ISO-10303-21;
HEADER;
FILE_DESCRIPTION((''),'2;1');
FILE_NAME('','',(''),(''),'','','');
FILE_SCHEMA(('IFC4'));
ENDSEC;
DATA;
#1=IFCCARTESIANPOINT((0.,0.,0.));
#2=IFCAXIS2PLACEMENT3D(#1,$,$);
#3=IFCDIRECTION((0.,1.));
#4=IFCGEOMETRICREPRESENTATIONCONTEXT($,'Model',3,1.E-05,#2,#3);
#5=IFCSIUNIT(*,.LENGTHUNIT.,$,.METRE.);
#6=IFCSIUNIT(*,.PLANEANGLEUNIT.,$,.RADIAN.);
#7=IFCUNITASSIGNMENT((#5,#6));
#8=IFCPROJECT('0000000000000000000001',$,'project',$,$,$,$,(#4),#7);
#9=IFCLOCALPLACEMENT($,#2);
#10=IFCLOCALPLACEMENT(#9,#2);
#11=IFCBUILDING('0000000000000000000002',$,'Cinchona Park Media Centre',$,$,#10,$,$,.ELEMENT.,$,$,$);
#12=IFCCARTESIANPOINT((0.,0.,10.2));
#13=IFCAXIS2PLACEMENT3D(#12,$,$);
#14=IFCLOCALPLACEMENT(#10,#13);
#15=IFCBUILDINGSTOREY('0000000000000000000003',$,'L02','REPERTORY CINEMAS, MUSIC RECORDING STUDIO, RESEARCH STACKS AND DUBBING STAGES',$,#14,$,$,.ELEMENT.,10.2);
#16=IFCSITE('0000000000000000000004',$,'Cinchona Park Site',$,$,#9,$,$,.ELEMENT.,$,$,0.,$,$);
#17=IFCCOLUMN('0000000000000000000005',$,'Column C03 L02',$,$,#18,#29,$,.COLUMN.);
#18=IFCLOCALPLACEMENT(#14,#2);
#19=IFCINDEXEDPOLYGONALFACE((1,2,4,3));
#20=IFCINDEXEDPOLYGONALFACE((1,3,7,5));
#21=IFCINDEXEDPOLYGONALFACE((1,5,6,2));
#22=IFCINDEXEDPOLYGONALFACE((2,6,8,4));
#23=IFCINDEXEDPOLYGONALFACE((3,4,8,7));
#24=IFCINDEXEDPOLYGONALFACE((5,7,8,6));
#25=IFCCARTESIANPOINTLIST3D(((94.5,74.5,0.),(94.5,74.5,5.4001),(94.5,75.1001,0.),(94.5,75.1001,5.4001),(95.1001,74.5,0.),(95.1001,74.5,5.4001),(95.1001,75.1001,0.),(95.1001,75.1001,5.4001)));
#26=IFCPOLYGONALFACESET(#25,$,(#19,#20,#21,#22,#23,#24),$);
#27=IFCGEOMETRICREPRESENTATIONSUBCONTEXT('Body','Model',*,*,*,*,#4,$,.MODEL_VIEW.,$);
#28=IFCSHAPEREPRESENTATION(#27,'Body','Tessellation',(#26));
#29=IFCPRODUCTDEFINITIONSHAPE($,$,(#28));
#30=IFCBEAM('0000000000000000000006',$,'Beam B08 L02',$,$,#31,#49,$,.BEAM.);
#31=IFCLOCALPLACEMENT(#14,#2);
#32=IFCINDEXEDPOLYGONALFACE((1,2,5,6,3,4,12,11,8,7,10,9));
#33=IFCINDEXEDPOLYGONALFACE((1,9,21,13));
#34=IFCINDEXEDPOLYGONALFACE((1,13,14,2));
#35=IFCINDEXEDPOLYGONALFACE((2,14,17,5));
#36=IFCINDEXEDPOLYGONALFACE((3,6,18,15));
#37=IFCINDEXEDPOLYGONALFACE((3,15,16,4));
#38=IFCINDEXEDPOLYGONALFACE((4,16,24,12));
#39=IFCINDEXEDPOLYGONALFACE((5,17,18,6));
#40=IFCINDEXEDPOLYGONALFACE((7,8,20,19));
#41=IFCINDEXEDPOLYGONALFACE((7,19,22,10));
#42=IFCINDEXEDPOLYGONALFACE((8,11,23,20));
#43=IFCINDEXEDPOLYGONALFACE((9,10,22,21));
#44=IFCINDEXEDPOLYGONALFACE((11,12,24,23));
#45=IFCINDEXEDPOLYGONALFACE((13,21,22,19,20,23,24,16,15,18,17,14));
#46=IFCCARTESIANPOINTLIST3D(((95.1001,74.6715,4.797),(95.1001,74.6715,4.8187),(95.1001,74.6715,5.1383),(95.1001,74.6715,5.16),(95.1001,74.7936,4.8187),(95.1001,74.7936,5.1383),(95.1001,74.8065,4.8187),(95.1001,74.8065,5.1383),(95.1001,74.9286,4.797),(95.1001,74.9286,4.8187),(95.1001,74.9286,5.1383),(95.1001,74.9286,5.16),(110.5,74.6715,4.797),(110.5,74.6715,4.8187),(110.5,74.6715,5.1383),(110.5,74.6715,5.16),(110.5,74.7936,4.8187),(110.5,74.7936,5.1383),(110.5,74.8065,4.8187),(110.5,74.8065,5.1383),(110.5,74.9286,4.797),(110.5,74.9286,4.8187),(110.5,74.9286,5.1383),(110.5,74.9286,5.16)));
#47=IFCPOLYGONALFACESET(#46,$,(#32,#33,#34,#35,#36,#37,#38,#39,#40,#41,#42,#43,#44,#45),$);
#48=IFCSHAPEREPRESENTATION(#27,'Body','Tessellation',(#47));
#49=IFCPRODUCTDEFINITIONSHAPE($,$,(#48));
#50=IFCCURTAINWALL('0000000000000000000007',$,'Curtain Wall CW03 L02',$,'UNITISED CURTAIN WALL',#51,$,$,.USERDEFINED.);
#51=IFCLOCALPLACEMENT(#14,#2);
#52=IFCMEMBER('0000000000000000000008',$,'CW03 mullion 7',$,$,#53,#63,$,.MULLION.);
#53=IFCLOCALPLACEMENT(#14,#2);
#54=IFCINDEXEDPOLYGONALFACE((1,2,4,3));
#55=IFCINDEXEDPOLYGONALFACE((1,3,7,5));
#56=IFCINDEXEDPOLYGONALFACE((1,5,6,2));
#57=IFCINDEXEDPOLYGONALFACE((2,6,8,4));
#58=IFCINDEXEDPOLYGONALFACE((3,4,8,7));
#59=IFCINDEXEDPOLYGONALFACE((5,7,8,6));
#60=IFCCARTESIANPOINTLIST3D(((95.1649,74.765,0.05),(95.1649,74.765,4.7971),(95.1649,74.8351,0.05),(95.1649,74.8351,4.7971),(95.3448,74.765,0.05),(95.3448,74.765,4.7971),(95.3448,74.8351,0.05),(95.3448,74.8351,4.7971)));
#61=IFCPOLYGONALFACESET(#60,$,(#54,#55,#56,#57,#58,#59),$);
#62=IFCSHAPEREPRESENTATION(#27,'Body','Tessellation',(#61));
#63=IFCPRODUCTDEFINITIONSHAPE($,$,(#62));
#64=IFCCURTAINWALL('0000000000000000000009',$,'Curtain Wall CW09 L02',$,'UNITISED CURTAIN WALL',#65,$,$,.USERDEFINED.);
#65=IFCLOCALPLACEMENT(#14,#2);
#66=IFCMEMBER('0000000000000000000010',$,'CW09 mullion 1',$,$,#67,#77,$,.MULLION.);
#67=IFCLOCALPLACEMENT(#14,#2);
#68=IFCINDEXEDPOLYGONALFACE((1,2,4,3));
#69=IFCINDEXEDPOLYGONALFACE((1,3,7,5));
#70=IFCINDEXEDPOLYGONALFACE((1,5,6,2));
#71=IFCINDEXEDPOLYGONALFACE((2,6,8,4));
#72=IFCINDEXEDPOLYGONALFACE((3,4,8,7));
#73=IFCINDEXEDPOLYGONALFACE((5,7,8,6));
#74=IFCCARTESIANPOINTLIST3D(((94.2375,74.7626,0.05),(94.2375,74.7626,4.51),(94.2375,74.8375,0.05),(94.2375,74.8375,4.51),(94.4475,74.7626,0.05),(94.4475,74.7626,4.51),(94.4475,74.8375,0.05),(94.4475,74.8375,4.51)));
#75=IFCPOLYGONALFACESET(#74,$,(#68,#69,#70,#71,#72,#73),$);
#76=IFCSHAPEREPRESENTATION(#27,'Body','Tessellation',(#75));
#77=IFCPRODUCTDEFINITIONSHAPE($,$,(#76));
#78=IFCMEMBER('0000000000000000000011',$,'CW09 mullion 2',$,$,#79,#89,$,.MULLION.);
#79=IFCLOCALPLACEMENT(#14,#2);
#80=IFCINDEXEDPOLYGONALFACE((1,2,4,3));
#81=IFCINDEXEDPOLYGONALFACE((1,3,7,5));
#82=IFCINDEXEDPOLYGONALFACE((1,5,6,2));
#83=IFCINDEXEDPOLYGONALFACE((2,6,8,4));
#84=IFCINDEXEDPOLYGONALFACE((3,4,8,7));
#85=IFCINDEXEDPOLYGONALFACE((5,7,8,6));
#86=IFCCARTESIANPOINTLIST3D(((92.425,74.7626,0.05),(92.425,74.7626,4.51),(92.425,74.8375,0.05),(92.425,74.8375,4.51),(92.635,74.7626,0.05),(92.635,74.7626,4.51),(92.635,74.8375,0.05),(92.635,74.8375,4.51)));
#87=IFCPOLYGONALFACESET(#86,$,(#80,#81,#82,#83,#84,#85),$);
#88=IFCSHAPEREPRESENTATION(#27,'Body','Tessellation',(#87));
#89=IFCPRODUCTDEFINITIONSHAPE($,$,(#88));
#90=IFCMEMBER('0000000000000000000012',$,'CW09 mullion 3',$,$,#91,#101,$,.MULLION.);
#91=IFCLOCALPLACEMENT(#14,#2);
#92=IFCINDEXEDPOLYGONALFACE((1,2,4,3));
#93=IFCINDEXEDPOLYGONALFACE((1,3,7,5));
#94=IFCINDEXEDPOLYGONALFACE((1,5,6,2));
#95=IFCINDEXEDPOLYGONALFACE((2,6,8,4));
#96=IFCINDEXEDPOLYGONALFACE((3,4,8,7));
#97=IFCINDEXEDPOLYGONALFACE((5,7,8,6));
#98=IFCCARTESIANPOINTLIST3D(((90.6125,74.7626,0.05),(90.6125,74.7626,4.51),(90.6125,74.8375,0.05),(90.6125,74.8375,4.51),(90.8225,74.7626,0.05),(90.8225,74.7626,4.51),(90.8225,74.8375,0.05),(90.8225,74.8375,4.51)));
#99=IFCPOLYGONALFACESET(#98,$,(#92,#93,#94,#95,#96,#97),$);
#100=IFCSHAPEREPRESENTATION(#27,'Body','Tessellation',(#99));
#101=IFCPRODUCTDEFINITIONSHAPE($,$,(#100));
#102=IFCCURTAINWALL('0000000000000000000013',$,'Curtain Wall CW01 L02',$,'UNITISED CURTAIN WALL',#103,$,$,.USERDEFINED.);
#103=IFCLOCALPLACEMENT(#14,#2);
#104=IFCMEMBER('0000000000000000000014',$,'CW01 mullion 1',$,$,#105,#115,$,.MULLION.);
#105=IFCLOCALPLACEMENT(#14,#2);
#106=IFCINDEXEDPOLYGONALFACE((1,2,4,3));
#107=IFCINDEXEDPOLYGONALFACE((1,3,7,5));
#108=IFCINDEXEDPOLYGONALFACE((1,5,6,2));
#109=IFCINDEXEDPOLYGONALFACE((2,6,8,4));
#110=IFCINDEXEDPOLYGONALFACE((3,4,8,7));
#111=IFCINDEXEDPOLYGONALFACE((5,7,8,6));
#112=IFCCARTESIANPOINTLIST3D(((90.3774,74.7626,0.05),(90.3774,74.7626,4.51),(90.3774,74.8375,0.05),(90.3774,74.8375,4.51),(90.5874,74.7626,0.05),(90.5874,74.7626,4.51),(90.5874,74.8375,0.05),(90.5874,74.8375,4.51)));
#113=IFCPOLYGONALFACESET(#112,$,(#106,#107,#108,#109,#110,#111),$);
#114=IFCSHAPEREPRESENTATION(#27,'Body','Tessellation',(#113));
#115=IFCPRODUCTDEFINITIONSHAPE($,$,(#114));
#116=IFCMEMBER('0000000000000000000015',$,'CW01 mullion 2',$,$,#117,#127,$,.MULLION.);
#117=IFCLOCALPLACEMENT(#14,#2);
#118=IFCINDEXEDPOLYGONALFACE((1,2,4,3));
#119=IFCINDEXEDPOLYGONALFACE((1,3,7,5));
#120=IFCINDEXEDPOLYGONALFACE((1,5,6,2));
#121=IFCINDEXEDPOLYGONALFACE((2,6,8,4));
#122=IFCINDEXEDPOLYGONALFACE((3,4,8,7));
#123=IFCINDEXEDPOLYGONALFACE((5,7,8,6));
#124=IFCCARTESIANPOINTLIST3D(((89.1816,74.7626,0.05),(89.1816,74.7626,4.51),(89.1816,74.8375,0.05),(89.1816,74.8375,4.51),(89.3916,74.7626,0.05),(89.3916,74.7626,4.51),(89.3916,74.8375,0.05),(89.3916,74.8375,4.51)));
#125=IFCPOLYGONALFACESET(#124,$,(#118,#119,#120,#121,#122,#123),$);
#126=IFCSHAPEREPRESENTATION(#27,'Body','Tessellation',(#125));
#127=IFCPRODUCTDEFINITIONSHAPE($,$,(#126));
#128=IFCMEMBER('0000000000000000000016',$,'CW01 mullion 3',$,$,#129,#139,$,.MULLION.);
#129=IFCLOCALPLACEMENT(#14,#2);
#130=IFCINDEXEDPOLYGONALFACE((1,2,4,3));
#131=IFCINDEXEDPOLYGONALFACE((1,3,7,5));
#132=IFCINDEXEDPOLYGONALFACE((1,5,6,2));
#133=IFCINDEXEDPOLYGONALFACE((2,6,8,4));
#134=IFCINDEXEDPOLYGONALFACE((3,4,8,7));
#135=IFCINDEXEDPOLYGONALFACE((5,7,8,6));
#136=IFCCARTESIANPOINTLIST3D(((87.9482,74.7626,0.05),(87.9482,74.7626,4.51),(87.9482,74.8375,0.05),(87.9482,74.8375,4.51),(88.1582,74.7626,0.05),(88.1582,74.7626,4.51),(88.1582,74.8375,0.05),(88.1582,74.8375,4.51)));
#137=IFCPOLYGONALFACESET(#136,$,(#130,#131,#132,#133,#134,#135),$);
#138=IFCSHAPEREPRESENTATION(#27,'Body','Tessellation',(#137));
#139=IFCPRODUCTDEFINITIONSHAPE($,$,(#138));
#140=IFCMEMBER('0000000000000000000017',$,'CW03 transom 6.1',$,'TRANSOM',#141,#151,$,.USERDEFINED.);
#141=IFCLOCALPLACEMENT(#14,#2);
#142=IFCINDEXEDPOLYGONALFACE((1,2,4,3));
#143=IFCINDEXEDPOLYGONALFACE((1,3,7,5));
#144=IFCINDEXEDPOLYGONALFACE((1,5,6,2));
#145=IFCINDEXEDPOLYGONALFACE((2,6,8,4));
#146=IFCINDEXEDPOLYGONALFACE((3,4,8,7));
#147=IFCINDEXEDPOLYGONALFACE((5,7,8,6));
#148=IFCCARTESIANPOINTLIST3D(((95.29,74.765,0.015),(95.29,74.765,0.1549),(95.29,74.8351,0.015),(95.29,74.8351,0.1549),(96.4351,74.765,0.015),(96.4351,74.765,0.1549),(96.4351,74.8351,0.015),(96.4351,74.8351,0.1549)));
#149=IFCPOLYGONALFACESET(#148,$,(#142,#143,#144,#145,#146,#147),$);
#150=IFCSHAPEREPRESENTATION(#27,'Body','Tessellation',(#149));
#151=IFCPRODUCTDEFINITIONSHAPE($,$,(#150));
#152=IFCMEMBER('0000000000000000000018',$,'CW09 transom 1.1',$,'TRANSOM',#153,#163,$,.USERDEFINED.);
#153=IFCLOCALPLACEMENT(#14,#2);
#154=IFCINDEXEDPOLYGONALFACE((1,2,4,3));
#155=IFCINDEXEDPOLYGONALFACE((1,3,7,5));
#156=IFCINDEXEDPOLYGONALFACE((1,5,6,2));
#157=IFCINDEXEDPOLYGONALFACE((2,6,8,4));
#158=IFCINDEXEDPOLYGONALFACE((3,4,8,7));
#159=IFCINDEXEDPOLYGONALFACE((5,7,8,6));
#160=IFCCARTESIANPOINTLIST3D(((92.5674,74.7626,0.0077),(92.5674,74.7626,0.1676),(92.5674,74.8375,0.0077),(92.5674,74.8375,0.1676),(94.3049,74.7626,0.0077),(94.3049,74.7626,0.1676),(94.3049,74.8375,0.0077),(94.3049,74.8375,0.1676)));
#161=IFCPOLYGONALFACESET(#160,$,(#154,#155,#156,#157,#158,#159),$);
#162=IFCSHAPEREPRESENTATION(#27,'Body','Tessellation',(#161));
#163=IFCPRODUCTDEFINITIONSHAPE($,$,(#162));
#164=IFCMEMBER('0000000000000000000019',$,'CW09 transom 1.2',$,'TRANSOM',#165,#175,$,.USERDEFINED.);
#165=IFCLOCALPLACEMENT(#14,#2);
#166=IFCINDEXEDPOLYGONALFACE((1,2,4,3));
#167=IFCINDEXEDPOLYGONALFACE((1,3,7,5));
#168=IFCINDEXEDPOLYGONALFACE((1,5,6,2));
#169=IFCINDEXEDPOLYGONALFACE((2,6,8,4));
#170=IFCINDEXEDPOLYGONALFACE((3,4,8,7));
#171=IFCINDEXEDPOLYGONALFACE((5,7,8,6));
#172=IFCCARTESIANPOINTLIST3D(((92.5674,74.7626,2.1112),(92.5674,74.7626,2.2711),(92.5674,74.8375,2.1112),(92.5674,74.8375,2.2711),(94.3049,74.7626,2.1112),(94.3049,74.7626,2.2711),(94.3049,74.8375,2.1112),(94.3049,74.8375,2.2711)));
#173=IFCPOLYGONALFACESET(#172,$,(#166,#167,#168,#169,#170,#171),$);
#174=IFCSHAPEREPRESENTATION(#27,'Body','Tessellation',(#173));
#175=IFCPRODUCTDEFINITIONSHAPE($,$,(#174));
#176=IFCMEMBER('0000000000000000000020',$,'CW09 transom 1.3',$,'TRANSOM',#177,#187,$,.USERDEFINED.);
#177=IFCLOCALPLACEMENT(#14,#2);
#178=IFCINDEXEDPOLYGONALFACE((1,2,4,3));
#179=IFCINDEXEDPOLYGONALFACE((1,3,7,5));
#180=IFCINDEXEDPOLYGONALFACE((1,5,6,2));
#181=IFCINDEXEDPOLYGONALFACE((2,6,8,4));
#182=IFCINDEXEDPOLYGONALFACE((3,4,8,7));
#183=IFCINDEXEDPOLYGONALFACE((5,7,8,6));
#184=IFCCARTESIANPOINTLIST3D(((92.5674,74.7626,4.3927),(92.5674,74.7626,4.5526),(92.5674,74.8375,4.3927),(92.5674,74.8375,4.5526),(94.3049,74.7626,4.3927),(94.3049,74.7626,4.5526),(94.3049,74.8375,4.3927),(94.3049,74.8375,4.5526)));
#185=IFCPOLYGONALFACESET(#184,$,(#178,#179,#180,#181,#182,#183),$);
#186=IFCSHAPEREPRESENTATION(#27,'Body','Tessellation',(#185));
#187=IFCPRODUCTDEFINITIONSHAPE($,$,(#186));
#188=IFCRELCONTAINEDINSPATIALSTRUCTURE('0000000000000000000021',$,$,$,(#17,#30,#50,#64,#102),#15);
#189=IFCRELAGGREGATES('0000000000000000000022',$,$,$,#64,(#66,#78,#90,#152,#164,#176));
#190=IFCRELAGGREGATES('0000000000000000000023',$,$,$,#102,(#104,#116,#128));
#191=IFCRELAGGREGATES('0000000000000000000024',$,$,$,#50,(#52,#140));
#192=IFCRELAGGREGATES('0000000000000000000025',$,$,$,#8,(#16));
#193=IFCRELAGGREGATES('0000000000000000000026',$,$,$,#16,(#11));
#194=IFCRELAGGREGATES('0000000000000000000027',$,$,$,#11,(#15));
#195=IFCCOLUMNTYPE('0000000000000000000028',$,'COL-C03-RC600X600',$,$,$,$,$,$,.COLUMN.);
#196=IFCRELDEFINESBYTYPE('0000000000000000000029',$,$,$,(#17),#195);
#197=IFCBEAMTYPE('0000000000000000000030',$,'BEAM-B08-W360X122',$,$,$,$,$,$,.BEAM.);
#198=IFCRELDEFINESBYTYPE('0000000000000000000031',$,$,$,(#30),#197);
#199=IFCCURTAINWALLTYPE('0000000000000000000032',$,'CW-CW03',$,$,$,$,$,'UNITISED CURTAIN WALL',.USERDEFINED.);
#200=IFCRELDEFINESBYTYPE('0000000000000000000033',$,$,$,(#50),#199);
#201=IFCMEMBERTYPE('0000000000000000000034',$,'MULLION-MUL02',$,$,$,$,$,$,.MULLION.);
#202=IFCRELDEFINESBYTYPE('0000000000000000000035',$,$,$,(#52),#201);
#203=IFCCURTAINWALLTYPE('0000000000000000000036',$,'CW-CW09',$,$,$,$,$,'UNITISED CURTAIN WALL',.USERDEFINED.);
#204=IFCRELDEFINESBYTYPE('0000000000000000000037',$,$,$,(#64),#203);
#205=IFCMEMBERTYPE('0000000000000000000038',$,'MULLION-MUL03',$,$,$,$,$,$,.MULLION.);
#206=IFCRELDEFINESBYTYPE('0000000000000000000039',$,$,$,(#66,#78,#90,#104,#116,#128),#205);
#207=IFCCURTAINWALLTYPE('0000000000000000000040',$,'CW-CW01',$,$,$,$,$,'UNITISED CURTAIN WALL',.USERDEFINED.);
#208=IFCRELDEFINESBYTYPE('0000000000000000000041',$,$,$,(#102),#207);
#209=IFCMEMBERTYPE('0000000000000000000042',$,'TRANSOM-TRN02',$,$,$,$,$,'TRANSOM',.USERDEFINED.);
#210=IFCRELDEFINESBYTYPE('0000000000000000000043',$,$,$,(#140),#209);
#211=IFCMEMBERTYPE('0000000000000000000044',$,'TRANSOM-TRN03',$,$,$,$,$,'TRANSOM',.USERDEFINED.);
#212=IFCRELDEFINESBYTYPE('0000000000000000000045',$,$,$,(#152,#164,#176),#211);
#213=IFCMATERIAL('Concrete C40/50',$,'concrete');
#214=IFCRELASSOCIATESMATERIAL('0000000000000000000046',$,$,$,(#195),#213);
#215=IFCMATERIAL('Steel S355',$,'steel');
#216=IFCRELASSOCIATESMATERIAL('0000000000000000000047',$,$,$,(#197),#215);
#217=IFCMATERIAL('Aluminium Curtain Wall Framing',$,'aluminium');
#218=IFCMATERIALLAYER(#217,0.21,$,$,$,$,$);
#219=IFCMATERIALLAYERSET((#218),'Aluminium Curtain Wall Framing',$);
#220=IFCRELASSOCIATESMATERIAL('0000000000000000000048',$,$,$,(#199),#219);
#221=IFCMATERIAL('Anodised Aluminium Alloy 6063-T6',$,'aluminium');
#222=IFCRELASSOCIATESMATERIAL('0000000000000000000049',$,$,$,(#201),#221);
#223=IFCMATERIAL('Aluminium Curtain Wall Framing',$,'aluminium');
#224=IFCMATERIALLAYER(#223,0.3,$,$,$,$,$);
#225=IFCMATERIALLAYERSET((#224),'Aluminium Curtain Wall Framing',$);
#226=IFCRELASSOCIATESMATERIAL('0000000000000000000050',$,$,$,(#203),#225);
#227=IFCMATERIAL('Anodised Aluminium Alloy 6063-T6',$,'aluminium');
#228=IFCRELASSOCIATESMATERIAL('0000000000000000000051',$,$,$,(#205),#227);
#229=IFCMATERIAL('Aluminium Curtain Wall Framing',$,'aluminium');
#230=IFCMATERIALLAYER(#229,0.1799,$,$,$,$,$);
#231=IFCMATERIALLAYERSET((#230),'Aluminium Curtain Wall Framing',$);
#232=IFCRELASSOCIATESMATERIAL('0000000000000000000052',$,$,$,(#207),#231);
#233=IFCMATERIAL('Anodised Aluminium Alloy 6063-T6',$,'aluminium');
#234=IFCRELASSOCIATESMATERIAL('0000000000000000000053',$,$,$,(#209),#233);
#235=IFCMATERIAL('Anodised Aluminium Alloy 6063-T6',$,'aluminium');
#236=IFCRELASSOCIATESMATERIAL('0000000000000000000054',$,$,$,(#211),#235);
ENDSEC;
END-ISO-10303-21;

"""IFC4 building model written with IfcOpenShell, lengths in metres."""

from ifc_helpers import new_model, si_unit, direction, frame, origin, origin_2d, place, context, subcontext, project, spatial, rectangle, i_section, extrude, material, layer, layer_set, material_profile, profile_set, type_object, element, aggregate, save


model = new_model("IFC4")

# Units and contexts
model_context = context("Model", 3, precision=1e-05, world=origin(), true_north=direction((0.0, 1.0)))
body_context = subcontext(model_context, "Body", "Model", "MODEL_VIEW")
ifc_project = project(units=[si_unit("LENGTHUNIT", "METRE"), si_unit("PLANEANGLEUNIT", "RADIAN")], contexts=[model_context])

# Site, building, storey
site_placement = place(None, origin())
site = spatial("IfcSite", under=ifc_project, at=site_placement, Name="Cinchona Park Site", CompositionType="ELEMENT", RefElevation=0.0)
building_placement = place(site_placement, origin())
building = spatial("IfcBuilding", under=site, at=building_placement, Name="Cinchona Park Media Centre", CompositionType="ELEMENT")
storey_placement = place(building_placement, frame((0.0, 0.0, 10.2)))
storey = spatial("IfcBuildingStorey", under=building, at=storey_placement, Name="L02", Description="REPERTORY CINEMAS, MUSIC RECORDING STUDIO, RESEARCH STACKS AND DUBBING STAGES", CompositionType="ELEMENT", Elevation=10.2)

# Column
ifc_material_1 = material(Name="Concrete C40/50", Category="concrete")
ifc_material_profile_1 = material_profile(ifc_material_1, rectangle(XDim=0.6001, YDim=0.6001, at=origin_2d()), Name="RC 600X600")
ifc_profile_set_1 = profile_set([ifc_material_profile_1], Name="Concrete C40/50")
column_type = type_object("IfcColumnType", Name="COL-C03-RC600X600", PredefinedType="COLUMN", material=ifc_profile_set_1)
column_placement = place(storey_placement, frame((94.8, 74.8, 0.0), z_axis=(0.0, 0.0, 1.0), x_axis=(1.0, 0.0, 0.0)))
element("IfcColumn", 1, at=column_placement, inside=storey, type_object=column_type, Name="Column C03 L02", PredefinedType="COLUMN", context=body_context, shape_type="SweptSolid", body=[
    extrude(rectangle(XDim=0.6001, YDim=0.6001, at=origin_2d()), origin(), (0.0, 0.0, 1.0), 5.4001),
])

# Beam
ifc_material_2 = material(Name="Steel S355", Category="steel")
ifc_material_profile_2 = material_profile(ifc_material_2, i_section(OverallWidth=0.2571, OverallDepth=0.363, WebThickness=0.0129, FlangeThickness=0.0217, at=origin_2d()), Name="W360X122")
ifc_profile_set_2 = profile_set([ifc_material_profile_2], Name="Steel S355")
beam_type = type_object("IfcBeamType", Name="BEAM-B08-W360X122", PredefinedType="BEAM", material=ifc_profile_set_2)
beam_placement = place(storey_placement, frame((95.1001, 74.8, 4.9785), z_axis=(1.0, 0.0, 0.0), x_axis=(0.0, 1.0, 0.0)))
element("IfcBeam", 2, at=beam_placement, inside=storey, type_object=beam_type, Name="Beam B08 L02", PredefinedType="BEAM", context=body_context, shape_type="SweptSolid", body=[
    extrude(i_section(OverallWidth=0.2571, OverallDepth=0.363, WebThickness=0.0129, FlangeThickness=0.0217, at=origin_2d()), origin(), (0.0, 0.0, 1.0), 15.3999),
])

# Curtain wall, member
ifc_material_3 = material(Name="Aluminium Curtain Wall Framing", Category="aluminium")
ifc_layer_1 = layer(ifc_material_3, 0.21)
ifc_layer_set_1 = layer_set([ifc_layer_1], Name="Aluminium Curtain Wall Framing")
curtain_wall_type_1 = type_object("IfcCurtainWallType", Name="CW-CW03", ElementType="UNITISED CURTAIN WALL", PredefinedType="USERDEFINED", material=ifc_layer_set_1)
curtain_wall_1_placement = place(storey_placement, origin())
curtain_wall_1 = element("IfcCurtainWall", 3, at=curtain_wall_1_placement, inside=storey, type_object=curtain_wall_type_1, Name="Curtain Wall CW03 L02", ObjectType="UNITISED CURTAIN WALL", PredefinedType="USERDEFINED")
ifc_material_4 = material(Name="Anodised Aluminium Alloy 6063-T6", Category="aluminium")
ifc_material_profile_3 = material_profile(ifc_material_4, rectangle(XDim=0.0701, YDim=0.1799, at=origin_2d()), Name="MUL-70X180")
ifc_profile_set_3 = profile_set([ifc_material_profile_3], Name="Anodised Aluminium Alloy 6063-T6")
member_type_1 = type_object("IfcMemberType", Name="MULLION-MUL02", PredefinedType="MULLION", material=ifc_profile_set_3)
member_1_placement = place(storey_placement, frame((95.2549, 74.8, 0.05), z_axis=(0.0, 0.0, 1.0), x_axis=(0.0, -1.0, 0.0)))
member_1 = element("IfcMember", 4, at=member_1_placement, type_object=member_type_1, Name="CW03 mullion 7", PredefinedType="MULLION", context=body_context, shape_type="SweptSolid", body=[
    extrude(rectangle(XDim=0.0701, YDim=0.1799, at=origin_2d()), origin(), (0.0, 0.0, 1.0), 4.7471),
])

# Curtain walls, members
ifc_material_5 = material(Name="Aluminium Curtain Wall Framing", Category="aluminium")
ifc_layer_2 = layer(ifc_material_5, 0.3)
ifc_layer_set_2 = layer_set([ifc_layer_2], Name="Aluminium Curtain Wall Framing")
curtain_wall_type_2 = type_object("IfcCurtainWallType", Name="CW-CW09", ElementType="UNITISED CURTAIN WALL", PredefinedType="USERDEFINED", material=ifc_layer_set_2)
curtain_wall_2_placement = place(storey_placement, origin())
curtain_wall_2 = element("IfcCurtainWall", 5, at=curtain_wall_2_placement, inside=storey, type_object=curtain_wall_type_2, Name="Curtain Wall CW09 L02", ObjectType="UNITISED CURTAIN WALL", PredefinedType="USERDEFINED")
ifc_material_6 = material(Name="Anodised Aluminium Alloy 6063-T6", Category="aluminium")
ifc_material_profile_4 = material_profile(ifc_material_6, rectangle(XDim=0.075, YDim=0.21, at=origin_2d()), Name="MUL-75X210")
ifc_profile_set_4 = profile_set([ifc_material_profile_4], Name="Anodised Aluminium Alloy 6063-T6")
member_type_2 = type_object("IfcMemberType", Name="MULLION-MUL03", PredefinedType="MULLION", material=ifc_profile_set_4)
member_2_placement = place(storey_placement, frame((94.3425, 74.8, 0.05), z_axis=(0.0, 0.0, 1.0), x_axis=(0.0, -1.0, 0.0)))
member_2 = element("IfcMember", 6, at=member_2_placement, type_object=member_type_2, Name="CW09 mullion 1", PredefinedType="MULLION", context=body_context, shape_type="SweptSolid", body=[
    extrude(rectangle(XDim=0.075, YDim=0.21, at=origin_2d()), origin(), (0.0, 0.0, 1.0), 4.46),
])
member_3_placement = place(storey_placement, frame((92.53, 74.8, 0.05), z_axis=(0.0, 0.0, 1.0), x_axis=(0.0, -1.0, 0.0)))
member_3 = element("IfcMember", 7, at=member_3_placement, type_object=member_type_2, Name="CW09 mullion 2", PredefinedType="MULLION", context=body_context, shape_type="SweptSolid", body=[
    extrude(rectangle(XDim=0.075, YDim=0.21, at=origin_2d()), origin(), (0.0, 0.0, 1.0), 4.46),
])
member_4_placement = place(storey_placement, frame((90.7175, 74.8, 0.05), z_axis=(0.0, 0.0, 1.0), x_axis=(0.0, -1.0, 0.0)))
member_4 = element("IfcMember", 8, at=member_4_placement, type_object=member_type_2, Name="CW09 mullion 3", PredefinedType="MULLION", context=body_context, shape_type="SweptSolid", body=[
    extrude(rectangle(XDim=0.075, YDim=0.21, at=origin_2d()), origin(), (0.0, 0.0, 1.0), 4.46),
])
ifc_material_7 = material(Name="Aluminium Curtain Wall Framing", Category="aluminium")
ifc_layer_3 = layer(ifc_material_7, 0.1799)
ifc_layer_set_3 = layer_set([ifc_layer_3], Name="Aluminium Curtain Wall Framing")
curtain_wall_type_3 = type_object("IfcCurtainWallType", Name="CW-CW01", ElementType="UNITISED CURTAIN WALL", PredefinedType="USERDEFINED", material=ifc_layer_set_3)
curtain_wall_3_placement = place(storey_placement, origin())
curtain_wall_3 = element("IfcCurtainWall", 9, at=curtain_wall_3_placement, inside=storey, type_object=curtain_wall_type_3, Name="Curtain Wall CW01 L02", ObjectType="UNITISED CURTAIN WALL", PredefinedType="USERDEFINED")
member_5_placement = place(storey_placement, frame((90.4824, 74.8, 0.05), z_axis=(0.0, 0.0, 1.0), x_axis=(0.0, -1.0, 0.0)))
member_5 = element("IfcMember", 10, at=member_5_placement, type_object=member_type_2, Name="CW01 mullion 1", PredefinedType="MULLION", context=body_context, shape_type="SweptSolid", body=[
    extrude(rectangle(XDim=0.075, YDim=0.21, at=origin_2d()), origin(), (0.0, 0.0, 1.0), 4.46),
])
member_6_placement = place(storey_placement, frame((89.2866, 74.8, 0.05), z_axis=(0.0, 0.0, 1.0), x_axis=(0.0, -1.0, 0.0)))
member_6 = element("IfcMember", 11, at=member_6_placement, type_object=member_type_2, Name="CW01 mullion 2", PredefinedType="MULLION", context=body_context, shape_type="SweptSolid", body=[
    extrude(rectangle(XDim=0.075, YDim=0.21, at=origin_2d()), origin(), (0.0, 0.0, 1.0), 4.46),
])
member_7_placement = place(storey_placement, frame((88.0532, 74.8, 0.05), z_axis=(0.0, 0.0, 1.0), x_axis=(0.0, -1.0, 0.0)))
member_7 = element("IfcMember", 12, at=member_7_placement, type_object=member_type_2, Name="CW01 mullion 3", PredefinedType="MULLION", context=body_context, shape_type="SweptSolid", body=[
    extrude(rectangle(XDim=0.075, YDim=0.21, at=origin_2d()), origin(), (0.0, 0.0, 1.0), 4.46),
])

# Members
ifc_material_8 = material(Name="Anodised Aluminium Alloy 6063-T6", Category="aluminium")
ifc_material_profile_5 = material_profile(ifc_material_8, rectangle(XDim=0.0701, YDim=0.1399, at=origin_2d()), Name="TRN-70X140")
ifc_profile_set_5 = profile_set([ifc_material_profile_5], Name="Anodised Aluminium Alloy 6063-T6")
member_type_3 = type_object("IfcMemberType", Name="TRANSOM-TRN02", ElementType="TRANSOM", PredefinedType="USERDEFINED", material=ifc_profile_set_5)
member_8_placement = place(storey_placement, frame((96.4351, 74.8, 0.085), z_axis=(-1.0, 0.0, 0.0), x_axis=(0.0, -1.0, 0.0)))
member_8 = element("IfcMember", 13, at=member_8_placement, type_object=member_type_3, Name="CW03 transom 6.1", ObjectType="TRANSOM", PredefinedType="USERDEFINED", context=body_context, shape_type="SweptSolid", body=[
    extrude(rectangle(XDim=0.0701, YDim=0.1399, at=origin_2d()), origin(), (0.0, 0.0, 1.0), 1.145),
])
ifc_material_9 = material(Name="Anodised Aluminium Alloy 6063-T6", Category="aluminium")
ifc_material_profile_6 = material_profile(ifc_material_9, rectangle(XDim=0.075, YDim=0.1599, at=origin_2d()), Name="TRN-75X160")
ifc_profile_set_6 = profile_set([ifc_material_profile_6], Name="Anodised Aluminium Alloy 6063-T6")
member_type_4 = type_object("IfcMemberType", Name="TRANSOM-TRN03", ElementType="TRANSOM", PredefinedType="USERDEFINED", material=ifc_profile_set_6)
member_9_placement = place(storey_placement, frame((94.3049, 74.8, 0.0876), z_axis=(-1.0, 0.0, 0.0), x_axis=(0.0, -1.0, 0.0)))
member_9 = element("IfcMember", 14, at=member_9_placement, type_object=member_type_4, Name="CW09 transom 1.1", ObjectType="TRANSOM", PredefinedType="USERDEFINED", context=body_context, shape_type="SweptSolid", body=[
    extrude(rectangle(XDim=0.075, YDim=0.1599, at=origin_2d()), origin(), (0.0, 0.0, 1.0), 1.7375),
])
member_10_placement = place(storey_placement, frame((94.3049, 74.8, 2.1912), z_axis=(-1.0, 0.0, 0.0), x_axis=(0.0, -1.0, 0.0)))
member_10 = element("IfcMember", 15, at=member_10_placement, type_object=member_type_4, Name="CW09 transom 1.2", ObjectType="TRANSOM", PredefinedType="USERDEFINED", context=body_context, shape_type="SweptSolid", body=[
    extrude(rectangle(XDim=0.075, YDim=0.1599, at=origin_2d()), origin(), (0.0, 0.0, 1.0), 1.7375),
])
member_11_placement = place(storey_placement, frame((94.3049, 74.8, 4.4727), z_axis=(-1.0, 0.0, 0.0), x_axis=(0.0, -1.0, 0.0)))
member_11 = element("IfcMember", 16, at=member_11_placement, type_object=member_type_4, Name="CW09 transom 1.3", ObjectType="TRANSOM", PredefinedType="USERDEFINED", context=body_context, shape_type="SweptSolid", body=[
    extrude(rectangle(XDim=0.075, YDim=0.1599, at=origin_2d()), origin(), (0.0, 0.0, 1.0), 1.7375),
])

aggregate(curtain_wall_2, [member_2, member_3, member_4, member_9, member_10, member_11])
aggregate(curtain_wall_3, [member_5, member_6, member_7])
aggregate(curtain_wall_1, [member_1, member_8])

save(model, "model.ifc")
